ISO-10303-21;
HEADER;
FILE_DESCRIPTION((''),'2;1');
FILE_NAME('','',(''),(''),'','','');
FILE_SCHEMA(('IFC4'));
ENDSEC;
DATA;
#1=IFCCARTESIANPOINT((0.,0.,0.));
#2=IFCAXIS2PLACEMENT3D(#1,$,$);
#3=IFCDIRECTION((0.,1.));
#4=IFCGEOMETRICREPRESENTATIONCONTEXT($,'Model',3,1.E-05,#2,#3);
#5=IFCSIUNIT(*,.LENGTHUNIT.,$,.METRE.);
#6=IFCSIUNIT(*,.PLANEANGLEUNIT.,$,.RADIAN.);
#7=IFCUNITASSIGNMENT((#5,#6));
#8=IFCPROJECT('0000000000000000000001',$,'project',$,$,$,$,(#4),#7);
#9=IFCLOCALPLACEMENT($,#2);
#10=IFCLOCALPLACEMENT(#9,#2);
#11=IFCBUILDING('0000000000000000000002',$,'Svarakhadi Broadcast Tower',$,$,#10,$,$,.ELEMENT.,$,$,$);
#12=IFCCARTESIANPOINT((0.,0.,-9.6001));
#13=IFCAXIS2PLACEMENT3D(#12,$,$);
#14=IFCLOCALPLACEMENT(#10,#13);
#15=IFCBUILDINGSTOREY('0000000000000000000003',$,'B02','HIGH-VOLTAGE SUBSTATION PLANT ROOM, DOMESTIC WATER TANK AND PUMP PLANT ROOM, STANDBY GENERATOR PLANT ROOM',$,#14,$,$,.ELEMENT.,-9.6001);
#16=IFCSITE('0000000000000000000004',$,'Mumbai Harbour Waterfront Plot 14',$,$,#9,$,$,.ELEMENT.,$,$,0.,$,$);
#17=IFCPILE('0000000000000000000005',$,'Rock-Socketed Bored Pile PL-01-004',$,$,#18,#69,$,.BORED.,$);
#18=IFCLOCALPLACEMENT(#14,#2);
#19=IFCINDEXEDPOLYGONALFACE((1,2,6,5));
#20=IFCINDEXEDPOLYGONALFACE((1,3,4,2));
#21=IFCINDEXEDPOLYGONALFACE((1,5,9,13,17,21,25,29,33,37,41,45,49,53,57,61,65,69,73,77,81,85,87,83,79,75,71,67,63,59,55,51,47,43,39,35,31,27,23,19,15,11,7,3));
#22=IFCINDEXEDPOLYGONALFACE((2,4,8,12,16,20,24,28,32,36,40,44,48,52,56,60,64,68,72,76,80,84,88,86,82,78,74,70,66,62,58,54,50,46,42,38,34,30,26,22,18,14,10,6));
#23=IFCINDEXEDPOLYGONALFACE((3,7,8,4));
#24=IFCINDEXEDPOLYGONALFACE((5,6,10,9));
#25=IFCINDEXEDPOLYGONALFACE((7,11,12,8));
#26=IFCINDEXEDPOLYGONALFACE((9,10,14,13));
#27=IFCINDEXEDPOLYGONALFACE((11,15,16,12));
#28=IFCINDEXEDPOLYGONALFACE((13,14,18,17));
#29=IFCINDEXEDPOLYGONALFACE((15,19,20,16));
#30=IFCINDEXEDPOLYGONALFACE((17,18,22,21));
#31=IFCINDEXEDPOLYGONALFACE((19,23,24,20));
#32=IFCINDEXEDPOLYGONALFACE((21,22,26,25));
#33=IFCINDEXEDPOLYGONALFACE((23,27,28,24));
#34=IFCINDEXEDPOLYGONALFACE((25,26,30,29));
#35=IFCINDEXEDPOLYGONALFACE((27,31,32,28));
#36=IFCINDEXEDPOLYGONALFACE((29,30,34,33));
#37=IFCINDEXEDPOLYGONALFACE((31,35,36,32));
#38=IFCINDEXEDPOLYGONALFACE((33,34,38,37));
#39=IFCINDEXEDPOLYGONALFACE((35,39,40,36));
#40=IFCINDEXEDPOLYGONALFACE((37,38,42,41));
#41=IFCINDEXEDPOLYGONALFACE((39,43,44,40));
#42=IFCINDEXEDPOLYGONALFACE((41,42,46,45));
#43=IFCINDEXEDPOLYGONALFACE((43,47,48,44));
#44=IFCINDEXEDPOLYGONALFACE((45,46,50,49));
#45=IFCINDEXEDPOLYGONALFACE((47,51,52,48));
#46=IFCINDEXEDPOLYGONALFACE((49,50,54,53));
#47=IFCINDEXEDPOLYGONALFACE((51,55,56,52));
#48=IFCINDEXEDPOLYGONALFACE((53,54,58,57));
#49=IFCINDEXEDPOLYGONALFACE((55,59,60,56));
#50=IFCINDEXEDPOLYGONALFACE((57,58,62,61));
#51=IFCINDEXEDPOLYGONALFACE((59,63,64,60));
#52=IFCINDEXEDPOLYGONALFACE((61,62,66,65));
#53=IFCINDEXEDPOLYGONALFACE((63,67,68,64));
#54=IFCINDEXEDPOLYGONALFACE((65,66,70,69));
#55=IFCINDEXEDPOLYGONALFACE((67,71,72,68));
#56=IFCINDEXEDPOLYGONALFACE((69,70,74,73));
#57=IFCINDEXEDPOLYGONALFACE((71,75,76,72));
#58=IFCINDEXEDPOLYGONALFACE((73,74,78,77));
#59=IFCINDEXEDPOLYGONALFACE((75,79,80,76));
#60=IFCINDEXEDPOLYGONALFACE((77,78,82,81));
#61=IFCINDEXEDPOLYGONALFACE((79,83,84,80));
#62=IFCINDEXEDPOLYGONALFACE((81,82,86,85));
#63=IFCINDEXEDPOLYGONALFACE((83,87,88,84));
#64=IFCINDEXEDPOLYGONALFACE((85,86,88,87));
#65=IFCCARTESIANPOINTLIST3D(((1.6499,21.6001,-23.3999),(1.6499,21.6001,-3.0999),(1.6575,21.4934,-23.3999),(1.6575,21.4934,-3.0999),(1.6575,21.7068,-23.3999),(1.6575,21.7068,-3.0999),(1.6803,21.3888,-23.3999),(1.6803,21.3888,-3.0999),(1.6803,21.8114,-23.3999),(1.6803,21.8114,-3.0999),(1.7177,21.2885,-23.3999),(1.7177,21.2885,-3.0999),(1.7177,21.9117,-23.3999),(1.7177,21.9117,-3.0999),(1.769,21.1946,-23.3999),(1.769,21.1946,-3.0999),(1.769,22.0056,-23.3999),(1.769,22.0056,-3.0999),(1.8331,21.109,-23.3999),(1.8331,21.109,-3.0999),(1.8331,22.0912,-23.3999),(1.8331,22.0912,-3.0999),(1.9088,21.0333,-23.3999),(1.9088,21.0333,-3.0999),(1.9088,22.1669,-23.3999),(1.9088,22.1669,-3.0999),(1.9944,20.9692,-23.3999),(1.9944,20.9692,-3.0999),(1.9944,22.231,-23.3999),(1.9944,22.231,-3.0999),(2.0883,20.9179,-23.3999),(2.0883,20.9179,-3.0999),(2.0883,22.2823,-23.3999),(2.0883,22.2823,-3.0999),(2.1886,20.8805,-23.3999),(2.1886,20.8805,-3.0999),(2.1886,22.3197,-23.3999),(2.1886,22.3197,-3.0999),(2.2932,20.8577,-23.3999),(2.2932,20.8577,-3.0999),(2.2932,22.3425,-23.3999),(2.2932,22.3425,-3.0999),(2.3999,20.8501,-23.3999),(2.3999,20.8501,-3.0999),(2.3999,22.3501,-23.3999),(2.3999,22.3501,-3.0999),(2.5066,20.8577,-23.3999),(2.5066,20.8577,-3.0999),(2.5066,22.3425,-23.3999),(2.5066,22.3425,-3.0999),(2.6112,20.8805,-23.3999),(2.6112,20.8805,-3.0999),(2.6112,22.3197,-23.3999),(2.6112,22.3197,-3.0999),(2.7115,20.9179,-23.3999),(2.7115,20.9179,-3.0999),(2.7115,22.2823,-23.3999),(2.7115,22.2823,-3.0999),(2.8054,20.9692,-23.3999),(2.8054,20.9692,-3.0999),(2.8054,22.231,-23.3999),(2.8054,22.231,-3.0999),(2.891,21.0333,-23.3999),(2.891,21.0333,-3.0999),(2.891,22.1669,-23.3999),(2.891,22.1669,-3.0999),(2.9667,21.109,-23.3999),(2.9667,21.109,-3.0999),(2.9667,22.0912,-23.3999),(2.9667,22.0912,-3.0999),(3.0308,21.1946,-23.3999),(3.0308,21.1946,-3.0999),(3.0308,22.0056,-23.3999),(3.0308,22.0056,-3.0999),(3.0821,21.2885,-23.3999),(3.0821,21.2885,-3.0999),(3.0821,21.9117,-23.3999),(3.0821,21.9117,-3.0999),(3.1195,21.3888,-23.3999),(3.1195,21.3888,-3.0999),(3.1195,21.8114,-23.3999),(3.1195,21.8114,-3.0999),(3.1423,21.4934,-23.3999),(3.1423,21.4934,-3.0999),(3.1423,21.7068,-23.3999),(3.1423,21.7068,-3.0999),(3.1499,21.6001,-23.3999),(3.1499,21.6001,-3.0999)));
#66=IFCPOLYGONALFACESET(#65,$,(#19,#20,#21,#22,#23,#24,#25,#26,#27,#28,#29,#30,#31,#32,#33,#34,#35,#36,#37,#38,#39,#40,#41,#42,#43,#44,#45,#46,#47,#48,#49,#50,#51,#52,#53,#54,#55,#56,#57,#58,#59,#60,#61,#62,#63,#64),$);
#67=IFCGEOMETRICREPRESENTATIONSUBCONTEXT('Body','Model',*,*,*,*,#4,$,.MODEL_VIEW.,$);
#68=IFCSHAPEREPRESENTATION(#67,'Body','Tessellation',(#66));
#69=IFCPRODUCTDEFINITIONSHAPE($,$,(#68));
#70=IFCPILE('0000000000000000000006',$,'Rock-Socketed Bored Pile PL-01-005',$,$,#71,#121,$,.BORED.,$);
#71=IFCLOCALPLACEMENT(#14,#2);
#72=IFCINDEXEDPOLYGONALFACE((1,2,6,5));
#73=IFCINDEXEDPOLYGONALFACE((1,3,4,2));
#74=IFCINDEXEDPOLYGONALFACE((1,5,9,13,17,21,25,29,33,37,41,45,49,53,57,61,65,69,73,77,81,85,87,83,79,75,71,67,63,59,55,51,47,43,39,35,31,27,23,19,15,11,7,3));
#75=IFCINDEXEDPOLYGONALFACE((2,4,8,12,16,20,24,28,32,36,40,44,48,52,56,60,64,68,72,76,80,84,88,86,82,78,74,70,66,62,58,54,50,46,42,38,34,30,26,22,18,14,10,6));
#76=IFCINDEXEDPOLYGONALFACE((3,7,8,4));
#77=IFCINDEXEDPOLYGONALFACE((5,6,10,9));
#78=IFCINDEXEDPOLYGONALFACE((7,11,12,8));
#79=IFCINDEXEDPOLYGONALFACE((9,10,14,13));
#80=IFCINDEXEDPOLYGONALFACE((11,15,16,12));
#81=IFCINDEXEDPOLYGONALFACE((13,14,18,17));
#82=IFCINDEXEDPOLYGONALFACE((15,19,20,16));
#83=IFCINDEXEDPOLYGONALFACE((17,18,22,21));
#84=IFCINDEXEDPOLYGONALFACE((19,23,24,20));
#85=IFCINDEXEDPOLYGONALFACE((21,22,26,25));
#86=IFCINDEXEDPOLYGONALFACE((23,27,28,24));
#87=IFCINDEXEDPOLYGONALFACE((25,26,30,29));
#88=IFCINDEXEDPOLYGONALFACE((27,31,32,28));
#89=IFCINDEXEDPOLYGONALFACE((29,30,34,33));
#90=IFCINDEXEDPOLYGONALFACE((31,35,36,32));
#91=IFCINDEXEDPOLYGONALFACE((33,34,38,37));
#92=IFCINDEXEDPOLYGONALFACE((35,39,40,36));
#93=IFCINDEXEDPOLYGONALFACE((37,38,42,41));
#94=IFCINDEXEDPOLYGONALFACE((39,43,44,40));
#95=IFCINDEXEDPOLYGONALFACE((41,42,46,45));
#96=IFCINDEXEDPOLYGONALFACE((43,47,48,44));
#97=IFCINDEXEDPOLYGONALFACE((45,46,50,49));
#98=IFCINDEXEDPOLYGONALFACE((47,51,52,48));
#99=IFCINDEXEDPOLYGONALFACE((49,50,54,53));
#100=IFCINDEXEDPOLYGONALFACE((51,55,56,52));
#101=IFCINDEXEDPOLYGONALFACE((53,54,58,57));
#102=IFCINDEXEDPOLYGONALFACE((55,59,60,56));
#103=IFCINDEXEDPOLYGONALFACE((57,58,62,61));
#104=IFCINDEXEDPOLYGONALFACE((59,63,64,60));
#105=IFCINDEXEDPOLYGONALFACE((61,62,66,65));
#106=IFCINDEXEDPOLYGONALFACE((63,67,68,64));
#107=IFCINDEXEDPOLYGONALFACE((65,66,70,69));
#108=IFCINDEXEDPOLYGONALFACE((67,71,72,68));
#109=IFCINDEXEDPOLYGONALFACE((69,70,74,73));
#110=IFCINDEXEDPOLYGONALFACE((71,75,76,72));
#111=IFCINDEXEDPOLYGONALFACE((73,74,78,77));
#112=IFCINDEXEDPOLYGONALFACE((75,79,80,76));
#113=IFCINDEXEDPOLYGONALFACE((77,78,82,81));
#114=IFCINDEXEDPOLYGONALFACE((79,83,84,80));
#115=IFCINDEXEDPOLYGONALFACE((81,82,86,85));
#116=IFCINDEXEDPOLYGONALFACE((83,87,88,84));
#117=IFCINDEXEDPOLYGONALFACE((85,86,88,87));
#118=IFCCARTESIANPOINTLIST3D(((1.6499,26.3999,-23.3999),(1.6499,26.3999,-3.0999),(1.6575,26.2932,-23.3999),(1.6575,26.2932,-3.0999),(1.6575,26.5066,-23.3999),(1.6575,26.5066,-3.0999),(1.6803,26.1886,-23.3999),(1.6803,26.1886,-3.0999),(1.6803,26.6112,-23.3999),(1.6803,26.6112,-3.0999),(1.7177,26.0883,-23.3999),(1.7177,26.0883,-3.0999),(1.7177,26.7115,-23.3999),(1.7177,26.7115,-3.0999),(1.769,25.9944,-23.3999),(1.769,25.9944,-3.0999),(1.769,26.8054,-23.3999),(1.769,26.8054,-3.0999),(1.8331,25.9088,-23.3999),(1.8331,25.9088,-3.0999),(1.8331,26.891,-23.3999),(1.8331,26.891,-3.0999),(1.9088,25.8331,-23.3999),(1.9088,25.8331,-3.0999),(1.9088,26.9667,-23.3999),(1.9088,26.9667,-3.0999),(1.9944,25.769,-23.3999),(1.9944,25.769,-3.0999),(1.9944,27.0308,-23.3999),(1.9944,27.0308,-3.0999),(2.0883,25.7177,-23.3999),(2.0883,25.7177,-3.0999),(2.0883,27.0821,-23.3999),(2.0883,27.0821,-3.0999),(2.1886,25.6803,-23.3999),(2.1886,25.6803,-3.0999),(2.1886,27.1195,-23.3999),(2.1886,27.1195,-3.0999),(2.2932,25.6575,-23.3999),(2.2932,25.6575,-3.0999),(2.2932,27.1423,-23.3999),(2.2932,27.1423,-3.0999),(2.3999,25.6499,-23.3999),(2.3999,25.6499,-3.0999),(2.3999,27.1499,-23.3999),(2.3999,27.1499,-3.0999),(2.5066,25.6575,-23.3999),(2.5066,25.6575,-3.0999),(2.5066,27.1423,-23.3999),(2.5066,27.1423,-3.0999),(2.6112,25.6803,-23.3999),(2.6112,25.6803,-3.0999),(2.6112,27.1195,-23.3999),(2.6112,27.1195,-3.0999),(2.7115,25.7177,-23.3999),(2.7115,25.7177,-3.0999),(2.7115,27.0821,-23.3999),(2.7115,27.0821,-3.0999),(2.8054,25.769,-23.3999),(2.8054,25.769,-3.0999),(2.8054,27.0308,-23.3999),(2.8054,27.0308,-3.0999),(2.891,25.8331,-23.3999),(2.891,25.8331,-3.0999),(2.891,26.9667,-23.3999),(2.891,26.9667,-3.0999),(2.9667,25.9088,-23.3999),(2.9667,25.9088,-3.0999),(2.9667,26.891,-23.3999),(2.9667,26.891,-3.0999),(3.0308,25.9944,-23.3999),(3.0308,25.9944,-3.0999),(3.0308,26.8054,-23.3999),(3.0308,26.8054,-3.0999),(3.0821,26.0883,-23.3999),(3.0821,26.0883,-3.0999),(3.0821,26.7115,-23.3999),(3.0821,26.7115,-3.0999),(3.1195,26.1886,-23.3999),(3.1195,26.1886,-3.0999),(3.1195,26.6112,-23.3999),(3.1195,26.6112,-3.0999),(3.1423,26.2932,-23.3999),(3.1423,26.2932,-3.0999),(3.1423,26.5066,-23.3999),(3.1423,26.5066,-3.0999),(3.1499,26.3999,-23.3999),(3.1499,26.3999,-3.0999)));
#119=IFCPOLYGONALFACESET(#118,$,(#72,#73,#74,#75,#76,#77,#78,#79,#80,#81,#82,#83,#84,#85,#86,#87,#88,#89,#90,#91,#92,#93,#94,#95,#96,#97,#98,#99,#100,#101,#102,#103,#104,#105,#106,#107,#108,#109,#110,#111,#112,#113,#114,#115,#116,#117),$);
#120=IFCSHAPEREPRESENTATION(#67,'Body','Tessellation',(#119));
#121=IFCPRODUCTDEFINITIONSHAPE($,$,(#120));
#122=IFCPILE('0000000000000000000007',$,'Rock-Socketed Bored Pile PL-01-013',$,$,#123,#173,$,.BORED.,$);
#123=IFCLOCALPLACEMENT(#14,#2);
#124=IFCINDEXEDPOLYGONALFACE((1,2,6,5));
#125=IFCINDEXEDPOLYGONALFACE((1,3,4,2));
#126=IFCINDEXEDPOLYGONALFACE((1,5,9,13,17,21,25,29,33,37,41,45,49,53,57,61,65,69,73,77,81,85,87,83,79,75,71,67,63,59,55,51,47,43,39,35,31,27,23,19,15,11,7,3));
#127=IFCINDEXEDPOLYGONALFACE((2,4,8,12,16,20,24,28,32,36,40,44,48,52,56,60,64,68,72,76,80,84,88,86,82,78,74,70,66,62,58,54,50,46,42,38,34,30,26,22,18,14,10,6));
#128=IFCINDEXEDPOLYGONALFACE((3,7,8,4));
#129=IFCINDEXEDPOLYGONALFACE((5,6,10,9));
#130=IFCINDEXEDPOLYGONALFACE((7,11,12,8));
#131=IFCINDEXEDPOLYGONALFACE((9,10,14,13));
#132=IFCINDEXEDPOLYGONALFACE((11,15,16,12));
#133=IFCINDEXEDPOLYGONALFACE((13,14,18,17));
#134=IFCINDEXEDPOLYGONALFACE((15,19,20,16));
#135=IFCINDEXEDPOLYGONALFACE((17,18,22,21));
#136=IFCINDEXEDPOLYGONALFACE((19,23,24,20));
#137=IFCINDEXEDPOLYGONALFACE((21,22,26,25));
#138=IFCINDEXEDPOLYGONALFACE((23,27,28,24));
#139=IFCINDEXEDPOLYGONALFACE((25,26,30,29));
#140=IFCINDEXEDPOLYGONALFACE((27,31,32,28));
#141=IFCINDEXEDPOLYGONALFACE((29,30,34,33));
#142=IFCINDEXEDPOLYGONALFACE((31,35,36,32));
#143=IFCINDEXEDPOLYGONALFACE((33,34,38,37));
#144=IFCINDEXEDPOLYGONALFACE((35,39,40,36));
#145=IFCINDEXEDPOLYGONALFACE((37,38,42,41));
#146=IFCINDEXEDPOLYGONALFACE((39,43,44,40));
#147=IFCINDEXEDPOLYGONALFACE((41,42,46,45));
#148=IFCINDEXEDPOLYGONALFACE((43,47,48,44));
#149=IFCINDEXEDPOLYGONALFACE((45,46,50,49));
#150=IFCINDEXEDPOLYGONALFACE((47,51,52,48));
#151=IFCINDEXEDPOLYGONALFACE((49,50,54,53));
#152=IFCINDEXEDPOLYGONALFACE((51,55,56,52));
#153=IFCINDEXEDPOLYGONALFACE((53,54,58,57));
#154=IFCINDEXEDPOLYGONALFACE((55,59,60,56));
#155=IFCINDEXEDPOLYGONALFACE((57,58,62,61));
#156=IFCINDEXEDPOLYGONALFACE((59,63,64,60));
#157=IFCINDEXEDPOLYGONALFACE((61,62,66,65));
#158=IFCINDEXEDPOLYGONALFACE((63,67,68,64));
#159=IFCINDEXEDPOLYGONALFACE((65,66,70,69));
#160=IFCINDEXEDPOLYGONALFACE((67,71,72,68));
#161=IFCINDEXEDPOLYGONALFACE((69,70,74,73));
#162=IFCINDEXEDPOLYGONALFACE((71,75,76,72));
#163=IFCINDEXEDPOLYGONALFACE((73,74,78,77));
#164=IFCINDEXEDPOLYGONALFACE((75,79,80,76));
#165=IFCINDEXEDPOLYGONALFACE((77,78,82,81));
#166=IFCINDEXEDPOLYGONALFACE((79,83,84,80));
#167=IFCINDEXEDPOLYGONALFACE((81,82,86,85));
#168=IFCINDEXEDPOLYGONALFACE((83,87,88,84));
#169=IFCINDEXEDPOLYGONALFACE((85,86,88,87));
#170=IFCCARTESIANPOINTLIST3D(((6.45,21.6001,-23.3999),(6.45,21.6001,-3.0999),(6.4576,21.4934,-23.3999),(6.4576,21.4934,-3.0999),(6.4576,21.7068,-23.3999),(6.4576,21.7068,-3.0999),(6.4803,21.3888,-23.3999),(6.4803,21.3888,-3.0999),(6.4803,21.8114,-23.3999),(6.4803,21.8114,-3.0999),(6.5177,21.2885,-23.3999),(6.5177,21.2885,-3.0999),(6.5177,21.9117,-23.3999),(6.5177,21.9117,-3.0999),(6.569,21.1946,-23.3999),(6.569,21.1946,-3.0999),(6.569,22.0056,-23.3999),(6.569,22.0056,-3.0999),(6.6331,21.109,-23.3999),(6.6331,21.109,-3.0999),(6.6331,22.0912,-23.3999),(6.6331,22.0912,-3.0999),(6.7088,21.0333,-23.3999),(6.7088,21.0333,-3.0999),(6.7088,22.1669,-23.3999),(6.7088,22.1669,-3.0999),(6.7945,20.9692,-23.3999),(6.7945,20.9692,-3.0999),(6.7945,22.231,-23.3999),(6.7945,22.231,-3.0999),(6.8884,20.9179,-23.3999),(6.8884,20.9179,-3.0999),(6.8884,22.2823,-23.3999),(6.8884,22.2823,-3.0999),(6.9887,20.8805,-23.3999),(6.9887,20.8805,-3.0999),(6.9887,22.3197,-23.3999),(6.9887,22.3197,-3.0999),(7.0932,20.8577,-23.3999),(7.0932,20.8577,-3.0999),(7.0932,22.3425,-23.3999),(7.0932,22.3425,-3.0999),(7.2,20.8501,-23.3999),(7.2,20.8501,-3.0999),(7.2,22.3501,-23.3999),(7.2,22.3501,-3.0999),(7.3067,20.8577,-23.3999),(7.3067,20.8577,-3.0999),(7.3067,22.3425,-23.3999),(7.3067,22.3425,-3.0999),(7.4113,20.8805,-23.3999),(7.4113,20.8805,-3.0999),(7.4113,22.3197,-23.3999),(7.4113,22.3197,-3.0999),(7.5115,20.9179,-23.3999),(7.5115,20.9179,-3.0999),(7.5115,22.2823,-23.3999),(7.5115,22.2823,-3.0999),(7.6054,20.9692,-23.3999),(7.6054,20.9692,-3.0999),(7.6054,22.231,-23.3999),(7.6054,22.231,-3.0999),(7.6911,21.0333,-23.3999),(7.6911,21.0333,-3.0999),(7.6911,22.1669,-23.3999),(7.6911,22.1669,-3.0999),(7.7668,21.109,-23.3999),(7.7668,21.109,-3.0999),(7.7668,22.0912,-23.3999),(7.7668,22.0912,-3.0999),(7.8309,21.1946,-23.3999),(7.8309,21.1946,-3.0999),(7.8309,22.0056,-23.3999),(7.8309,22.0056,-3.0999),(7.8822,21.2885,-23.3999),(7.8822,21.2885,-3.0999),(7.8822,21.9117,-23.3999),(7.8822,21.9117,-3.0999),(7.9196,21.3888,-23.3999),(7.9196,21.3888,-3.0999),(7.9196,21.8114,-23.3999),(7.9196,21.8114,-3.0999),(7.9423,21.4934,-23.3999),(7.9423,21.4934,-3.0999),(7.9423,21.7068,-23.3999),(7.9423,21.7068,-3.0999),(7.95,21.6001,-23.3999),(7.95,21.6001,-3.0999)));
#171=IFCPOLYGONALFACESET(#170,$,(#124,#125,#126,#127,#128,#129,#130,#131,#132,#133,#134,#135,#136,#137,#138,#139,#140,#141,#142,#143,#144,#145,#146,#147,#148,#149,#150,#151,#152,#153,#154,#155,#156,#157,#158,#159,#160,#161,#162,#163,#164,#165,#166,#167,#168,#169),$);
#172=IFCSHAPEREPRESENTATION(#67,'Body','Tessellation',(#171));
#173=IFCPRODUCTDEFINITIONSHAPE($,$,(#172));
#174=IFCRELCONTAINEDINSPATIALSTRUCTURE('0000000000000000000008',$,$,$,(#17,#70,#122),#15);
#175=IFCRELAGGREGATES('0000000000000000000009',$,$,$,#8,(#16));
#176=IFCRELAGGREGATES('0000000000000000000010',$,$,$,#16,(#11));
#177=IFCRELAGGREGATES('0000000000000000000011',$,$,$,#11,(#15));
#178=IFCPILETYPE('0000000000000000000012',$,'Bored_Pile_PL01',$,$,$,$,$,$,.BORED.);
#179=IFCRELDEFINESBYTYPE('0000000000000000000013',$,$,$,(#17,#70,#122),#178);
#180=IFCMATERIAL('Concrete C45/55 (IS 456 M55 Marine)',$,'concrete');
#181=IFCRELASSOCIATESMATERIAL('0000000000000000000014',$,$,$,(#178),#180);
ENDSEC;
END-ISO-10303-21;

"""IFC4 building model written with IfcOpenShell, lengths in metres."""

from ifc_helpers import new_model, si_unit, direction, frame, origin, origin_2d, place, context, subcontext, project, spatial, circle, extrude, material, material_profile, profile_set, type_object, element, save


model = new_model("IFC4")

# Units and contexts
model_context = context("Model", 3, precision=1e-05, world=origin(), true_north=direction((0.0, 1.0)))
body_context = subcontext(model_context, "Body", "Model", "MODEL_VIEW")
ifc_project = project(units=[si_unit("LENGTHUNIT", "METRE"), si_unit("PLANEANGLEUNIT", "RADIAN")], contexts=[model_context])

# Site, building, storey
site_placement = place(None, origin())
site = spatial("IfcSite", under=ifc_project, at=site_placement, Name="Mumbai Harbour Waterfront Plot 14", CompositionType="ELEMENT", RefElevation=0.0)
building_placement = place(site_placement, origin())
building = spatial("IfcBuilding", under=site, at=building_placement, Name="Svarakhadi Broadcast Tower", CompositionType="ELEMENT")
storey_placement = place(building_placement, frame((0.0, 0.0, -9.6001)))
storey = spatial("IfcBuildingStorey", under=building, at=storey_placement, Name="B02", Description="HIGH-VOLTAGE SUBSTATION PLANT ROOM, DOMESTIC WATER TANK AND PUMP PLANT ROOM, STANDBY GENERATOR PLANT ROOM", CompositionType="ELEMENT", Elevation=-9.6001)

# Piles
ifc_material_1 = material(Name="Concrete C45/55 (IS 456 M55 Marine)", Category="concrete")
ifc_material_profile_1 = material_profile(ifc_material_1, circle(Radius=0.75, at=origin_2d()), Name="PILE D1500")
ifc_profile_set_1 = profile_set([ifc_material_profile_1], Name="Concrete C45/55 (IS 456 M55 Marine)")
pile_type = type_object("IfcPileType", Name="Bored_Pile_PL01", PredefinedType="BORED", material=ifc_profile_set_1)
for number, where, z_axis, x_axis, name in (
    (1, (2.3999, 21.6001, -3.0999), (0.0, 0.0, -1.0), (1.0, 0.0, 0.0), "Rock-Socketed Bored Pile PL-01-004"),
    (2, (2.3999, 26.3999, -3.0999), (0.0, 0.0, -1.0), (1.0, 0.0, 0.0), "Rock-Socketed Bored Pile PL-01-005"),
    (3, (7.2, 21.6001, -3.0999), (0.0, 0.0, -1.0), (1.0, 0.0, 0.0), "Rock-Socketed Bored Pile PL-01-013"),
):
    element("IfcPile", number, at=place(storey_placement, frame(where, z_axis=z_axis, x_axis=x_axis)), inside=storey, type_object=pile_type, Name=name, PredefinedType="BORED", context=body_context, shape_type="SweptSolid", body=[
        extrude(circle(Radius=0.75, at=origin_2d()), origin(), (0.0, 0.0, 1.0), 20.3),
    ])

save(model, "model.ifc")
